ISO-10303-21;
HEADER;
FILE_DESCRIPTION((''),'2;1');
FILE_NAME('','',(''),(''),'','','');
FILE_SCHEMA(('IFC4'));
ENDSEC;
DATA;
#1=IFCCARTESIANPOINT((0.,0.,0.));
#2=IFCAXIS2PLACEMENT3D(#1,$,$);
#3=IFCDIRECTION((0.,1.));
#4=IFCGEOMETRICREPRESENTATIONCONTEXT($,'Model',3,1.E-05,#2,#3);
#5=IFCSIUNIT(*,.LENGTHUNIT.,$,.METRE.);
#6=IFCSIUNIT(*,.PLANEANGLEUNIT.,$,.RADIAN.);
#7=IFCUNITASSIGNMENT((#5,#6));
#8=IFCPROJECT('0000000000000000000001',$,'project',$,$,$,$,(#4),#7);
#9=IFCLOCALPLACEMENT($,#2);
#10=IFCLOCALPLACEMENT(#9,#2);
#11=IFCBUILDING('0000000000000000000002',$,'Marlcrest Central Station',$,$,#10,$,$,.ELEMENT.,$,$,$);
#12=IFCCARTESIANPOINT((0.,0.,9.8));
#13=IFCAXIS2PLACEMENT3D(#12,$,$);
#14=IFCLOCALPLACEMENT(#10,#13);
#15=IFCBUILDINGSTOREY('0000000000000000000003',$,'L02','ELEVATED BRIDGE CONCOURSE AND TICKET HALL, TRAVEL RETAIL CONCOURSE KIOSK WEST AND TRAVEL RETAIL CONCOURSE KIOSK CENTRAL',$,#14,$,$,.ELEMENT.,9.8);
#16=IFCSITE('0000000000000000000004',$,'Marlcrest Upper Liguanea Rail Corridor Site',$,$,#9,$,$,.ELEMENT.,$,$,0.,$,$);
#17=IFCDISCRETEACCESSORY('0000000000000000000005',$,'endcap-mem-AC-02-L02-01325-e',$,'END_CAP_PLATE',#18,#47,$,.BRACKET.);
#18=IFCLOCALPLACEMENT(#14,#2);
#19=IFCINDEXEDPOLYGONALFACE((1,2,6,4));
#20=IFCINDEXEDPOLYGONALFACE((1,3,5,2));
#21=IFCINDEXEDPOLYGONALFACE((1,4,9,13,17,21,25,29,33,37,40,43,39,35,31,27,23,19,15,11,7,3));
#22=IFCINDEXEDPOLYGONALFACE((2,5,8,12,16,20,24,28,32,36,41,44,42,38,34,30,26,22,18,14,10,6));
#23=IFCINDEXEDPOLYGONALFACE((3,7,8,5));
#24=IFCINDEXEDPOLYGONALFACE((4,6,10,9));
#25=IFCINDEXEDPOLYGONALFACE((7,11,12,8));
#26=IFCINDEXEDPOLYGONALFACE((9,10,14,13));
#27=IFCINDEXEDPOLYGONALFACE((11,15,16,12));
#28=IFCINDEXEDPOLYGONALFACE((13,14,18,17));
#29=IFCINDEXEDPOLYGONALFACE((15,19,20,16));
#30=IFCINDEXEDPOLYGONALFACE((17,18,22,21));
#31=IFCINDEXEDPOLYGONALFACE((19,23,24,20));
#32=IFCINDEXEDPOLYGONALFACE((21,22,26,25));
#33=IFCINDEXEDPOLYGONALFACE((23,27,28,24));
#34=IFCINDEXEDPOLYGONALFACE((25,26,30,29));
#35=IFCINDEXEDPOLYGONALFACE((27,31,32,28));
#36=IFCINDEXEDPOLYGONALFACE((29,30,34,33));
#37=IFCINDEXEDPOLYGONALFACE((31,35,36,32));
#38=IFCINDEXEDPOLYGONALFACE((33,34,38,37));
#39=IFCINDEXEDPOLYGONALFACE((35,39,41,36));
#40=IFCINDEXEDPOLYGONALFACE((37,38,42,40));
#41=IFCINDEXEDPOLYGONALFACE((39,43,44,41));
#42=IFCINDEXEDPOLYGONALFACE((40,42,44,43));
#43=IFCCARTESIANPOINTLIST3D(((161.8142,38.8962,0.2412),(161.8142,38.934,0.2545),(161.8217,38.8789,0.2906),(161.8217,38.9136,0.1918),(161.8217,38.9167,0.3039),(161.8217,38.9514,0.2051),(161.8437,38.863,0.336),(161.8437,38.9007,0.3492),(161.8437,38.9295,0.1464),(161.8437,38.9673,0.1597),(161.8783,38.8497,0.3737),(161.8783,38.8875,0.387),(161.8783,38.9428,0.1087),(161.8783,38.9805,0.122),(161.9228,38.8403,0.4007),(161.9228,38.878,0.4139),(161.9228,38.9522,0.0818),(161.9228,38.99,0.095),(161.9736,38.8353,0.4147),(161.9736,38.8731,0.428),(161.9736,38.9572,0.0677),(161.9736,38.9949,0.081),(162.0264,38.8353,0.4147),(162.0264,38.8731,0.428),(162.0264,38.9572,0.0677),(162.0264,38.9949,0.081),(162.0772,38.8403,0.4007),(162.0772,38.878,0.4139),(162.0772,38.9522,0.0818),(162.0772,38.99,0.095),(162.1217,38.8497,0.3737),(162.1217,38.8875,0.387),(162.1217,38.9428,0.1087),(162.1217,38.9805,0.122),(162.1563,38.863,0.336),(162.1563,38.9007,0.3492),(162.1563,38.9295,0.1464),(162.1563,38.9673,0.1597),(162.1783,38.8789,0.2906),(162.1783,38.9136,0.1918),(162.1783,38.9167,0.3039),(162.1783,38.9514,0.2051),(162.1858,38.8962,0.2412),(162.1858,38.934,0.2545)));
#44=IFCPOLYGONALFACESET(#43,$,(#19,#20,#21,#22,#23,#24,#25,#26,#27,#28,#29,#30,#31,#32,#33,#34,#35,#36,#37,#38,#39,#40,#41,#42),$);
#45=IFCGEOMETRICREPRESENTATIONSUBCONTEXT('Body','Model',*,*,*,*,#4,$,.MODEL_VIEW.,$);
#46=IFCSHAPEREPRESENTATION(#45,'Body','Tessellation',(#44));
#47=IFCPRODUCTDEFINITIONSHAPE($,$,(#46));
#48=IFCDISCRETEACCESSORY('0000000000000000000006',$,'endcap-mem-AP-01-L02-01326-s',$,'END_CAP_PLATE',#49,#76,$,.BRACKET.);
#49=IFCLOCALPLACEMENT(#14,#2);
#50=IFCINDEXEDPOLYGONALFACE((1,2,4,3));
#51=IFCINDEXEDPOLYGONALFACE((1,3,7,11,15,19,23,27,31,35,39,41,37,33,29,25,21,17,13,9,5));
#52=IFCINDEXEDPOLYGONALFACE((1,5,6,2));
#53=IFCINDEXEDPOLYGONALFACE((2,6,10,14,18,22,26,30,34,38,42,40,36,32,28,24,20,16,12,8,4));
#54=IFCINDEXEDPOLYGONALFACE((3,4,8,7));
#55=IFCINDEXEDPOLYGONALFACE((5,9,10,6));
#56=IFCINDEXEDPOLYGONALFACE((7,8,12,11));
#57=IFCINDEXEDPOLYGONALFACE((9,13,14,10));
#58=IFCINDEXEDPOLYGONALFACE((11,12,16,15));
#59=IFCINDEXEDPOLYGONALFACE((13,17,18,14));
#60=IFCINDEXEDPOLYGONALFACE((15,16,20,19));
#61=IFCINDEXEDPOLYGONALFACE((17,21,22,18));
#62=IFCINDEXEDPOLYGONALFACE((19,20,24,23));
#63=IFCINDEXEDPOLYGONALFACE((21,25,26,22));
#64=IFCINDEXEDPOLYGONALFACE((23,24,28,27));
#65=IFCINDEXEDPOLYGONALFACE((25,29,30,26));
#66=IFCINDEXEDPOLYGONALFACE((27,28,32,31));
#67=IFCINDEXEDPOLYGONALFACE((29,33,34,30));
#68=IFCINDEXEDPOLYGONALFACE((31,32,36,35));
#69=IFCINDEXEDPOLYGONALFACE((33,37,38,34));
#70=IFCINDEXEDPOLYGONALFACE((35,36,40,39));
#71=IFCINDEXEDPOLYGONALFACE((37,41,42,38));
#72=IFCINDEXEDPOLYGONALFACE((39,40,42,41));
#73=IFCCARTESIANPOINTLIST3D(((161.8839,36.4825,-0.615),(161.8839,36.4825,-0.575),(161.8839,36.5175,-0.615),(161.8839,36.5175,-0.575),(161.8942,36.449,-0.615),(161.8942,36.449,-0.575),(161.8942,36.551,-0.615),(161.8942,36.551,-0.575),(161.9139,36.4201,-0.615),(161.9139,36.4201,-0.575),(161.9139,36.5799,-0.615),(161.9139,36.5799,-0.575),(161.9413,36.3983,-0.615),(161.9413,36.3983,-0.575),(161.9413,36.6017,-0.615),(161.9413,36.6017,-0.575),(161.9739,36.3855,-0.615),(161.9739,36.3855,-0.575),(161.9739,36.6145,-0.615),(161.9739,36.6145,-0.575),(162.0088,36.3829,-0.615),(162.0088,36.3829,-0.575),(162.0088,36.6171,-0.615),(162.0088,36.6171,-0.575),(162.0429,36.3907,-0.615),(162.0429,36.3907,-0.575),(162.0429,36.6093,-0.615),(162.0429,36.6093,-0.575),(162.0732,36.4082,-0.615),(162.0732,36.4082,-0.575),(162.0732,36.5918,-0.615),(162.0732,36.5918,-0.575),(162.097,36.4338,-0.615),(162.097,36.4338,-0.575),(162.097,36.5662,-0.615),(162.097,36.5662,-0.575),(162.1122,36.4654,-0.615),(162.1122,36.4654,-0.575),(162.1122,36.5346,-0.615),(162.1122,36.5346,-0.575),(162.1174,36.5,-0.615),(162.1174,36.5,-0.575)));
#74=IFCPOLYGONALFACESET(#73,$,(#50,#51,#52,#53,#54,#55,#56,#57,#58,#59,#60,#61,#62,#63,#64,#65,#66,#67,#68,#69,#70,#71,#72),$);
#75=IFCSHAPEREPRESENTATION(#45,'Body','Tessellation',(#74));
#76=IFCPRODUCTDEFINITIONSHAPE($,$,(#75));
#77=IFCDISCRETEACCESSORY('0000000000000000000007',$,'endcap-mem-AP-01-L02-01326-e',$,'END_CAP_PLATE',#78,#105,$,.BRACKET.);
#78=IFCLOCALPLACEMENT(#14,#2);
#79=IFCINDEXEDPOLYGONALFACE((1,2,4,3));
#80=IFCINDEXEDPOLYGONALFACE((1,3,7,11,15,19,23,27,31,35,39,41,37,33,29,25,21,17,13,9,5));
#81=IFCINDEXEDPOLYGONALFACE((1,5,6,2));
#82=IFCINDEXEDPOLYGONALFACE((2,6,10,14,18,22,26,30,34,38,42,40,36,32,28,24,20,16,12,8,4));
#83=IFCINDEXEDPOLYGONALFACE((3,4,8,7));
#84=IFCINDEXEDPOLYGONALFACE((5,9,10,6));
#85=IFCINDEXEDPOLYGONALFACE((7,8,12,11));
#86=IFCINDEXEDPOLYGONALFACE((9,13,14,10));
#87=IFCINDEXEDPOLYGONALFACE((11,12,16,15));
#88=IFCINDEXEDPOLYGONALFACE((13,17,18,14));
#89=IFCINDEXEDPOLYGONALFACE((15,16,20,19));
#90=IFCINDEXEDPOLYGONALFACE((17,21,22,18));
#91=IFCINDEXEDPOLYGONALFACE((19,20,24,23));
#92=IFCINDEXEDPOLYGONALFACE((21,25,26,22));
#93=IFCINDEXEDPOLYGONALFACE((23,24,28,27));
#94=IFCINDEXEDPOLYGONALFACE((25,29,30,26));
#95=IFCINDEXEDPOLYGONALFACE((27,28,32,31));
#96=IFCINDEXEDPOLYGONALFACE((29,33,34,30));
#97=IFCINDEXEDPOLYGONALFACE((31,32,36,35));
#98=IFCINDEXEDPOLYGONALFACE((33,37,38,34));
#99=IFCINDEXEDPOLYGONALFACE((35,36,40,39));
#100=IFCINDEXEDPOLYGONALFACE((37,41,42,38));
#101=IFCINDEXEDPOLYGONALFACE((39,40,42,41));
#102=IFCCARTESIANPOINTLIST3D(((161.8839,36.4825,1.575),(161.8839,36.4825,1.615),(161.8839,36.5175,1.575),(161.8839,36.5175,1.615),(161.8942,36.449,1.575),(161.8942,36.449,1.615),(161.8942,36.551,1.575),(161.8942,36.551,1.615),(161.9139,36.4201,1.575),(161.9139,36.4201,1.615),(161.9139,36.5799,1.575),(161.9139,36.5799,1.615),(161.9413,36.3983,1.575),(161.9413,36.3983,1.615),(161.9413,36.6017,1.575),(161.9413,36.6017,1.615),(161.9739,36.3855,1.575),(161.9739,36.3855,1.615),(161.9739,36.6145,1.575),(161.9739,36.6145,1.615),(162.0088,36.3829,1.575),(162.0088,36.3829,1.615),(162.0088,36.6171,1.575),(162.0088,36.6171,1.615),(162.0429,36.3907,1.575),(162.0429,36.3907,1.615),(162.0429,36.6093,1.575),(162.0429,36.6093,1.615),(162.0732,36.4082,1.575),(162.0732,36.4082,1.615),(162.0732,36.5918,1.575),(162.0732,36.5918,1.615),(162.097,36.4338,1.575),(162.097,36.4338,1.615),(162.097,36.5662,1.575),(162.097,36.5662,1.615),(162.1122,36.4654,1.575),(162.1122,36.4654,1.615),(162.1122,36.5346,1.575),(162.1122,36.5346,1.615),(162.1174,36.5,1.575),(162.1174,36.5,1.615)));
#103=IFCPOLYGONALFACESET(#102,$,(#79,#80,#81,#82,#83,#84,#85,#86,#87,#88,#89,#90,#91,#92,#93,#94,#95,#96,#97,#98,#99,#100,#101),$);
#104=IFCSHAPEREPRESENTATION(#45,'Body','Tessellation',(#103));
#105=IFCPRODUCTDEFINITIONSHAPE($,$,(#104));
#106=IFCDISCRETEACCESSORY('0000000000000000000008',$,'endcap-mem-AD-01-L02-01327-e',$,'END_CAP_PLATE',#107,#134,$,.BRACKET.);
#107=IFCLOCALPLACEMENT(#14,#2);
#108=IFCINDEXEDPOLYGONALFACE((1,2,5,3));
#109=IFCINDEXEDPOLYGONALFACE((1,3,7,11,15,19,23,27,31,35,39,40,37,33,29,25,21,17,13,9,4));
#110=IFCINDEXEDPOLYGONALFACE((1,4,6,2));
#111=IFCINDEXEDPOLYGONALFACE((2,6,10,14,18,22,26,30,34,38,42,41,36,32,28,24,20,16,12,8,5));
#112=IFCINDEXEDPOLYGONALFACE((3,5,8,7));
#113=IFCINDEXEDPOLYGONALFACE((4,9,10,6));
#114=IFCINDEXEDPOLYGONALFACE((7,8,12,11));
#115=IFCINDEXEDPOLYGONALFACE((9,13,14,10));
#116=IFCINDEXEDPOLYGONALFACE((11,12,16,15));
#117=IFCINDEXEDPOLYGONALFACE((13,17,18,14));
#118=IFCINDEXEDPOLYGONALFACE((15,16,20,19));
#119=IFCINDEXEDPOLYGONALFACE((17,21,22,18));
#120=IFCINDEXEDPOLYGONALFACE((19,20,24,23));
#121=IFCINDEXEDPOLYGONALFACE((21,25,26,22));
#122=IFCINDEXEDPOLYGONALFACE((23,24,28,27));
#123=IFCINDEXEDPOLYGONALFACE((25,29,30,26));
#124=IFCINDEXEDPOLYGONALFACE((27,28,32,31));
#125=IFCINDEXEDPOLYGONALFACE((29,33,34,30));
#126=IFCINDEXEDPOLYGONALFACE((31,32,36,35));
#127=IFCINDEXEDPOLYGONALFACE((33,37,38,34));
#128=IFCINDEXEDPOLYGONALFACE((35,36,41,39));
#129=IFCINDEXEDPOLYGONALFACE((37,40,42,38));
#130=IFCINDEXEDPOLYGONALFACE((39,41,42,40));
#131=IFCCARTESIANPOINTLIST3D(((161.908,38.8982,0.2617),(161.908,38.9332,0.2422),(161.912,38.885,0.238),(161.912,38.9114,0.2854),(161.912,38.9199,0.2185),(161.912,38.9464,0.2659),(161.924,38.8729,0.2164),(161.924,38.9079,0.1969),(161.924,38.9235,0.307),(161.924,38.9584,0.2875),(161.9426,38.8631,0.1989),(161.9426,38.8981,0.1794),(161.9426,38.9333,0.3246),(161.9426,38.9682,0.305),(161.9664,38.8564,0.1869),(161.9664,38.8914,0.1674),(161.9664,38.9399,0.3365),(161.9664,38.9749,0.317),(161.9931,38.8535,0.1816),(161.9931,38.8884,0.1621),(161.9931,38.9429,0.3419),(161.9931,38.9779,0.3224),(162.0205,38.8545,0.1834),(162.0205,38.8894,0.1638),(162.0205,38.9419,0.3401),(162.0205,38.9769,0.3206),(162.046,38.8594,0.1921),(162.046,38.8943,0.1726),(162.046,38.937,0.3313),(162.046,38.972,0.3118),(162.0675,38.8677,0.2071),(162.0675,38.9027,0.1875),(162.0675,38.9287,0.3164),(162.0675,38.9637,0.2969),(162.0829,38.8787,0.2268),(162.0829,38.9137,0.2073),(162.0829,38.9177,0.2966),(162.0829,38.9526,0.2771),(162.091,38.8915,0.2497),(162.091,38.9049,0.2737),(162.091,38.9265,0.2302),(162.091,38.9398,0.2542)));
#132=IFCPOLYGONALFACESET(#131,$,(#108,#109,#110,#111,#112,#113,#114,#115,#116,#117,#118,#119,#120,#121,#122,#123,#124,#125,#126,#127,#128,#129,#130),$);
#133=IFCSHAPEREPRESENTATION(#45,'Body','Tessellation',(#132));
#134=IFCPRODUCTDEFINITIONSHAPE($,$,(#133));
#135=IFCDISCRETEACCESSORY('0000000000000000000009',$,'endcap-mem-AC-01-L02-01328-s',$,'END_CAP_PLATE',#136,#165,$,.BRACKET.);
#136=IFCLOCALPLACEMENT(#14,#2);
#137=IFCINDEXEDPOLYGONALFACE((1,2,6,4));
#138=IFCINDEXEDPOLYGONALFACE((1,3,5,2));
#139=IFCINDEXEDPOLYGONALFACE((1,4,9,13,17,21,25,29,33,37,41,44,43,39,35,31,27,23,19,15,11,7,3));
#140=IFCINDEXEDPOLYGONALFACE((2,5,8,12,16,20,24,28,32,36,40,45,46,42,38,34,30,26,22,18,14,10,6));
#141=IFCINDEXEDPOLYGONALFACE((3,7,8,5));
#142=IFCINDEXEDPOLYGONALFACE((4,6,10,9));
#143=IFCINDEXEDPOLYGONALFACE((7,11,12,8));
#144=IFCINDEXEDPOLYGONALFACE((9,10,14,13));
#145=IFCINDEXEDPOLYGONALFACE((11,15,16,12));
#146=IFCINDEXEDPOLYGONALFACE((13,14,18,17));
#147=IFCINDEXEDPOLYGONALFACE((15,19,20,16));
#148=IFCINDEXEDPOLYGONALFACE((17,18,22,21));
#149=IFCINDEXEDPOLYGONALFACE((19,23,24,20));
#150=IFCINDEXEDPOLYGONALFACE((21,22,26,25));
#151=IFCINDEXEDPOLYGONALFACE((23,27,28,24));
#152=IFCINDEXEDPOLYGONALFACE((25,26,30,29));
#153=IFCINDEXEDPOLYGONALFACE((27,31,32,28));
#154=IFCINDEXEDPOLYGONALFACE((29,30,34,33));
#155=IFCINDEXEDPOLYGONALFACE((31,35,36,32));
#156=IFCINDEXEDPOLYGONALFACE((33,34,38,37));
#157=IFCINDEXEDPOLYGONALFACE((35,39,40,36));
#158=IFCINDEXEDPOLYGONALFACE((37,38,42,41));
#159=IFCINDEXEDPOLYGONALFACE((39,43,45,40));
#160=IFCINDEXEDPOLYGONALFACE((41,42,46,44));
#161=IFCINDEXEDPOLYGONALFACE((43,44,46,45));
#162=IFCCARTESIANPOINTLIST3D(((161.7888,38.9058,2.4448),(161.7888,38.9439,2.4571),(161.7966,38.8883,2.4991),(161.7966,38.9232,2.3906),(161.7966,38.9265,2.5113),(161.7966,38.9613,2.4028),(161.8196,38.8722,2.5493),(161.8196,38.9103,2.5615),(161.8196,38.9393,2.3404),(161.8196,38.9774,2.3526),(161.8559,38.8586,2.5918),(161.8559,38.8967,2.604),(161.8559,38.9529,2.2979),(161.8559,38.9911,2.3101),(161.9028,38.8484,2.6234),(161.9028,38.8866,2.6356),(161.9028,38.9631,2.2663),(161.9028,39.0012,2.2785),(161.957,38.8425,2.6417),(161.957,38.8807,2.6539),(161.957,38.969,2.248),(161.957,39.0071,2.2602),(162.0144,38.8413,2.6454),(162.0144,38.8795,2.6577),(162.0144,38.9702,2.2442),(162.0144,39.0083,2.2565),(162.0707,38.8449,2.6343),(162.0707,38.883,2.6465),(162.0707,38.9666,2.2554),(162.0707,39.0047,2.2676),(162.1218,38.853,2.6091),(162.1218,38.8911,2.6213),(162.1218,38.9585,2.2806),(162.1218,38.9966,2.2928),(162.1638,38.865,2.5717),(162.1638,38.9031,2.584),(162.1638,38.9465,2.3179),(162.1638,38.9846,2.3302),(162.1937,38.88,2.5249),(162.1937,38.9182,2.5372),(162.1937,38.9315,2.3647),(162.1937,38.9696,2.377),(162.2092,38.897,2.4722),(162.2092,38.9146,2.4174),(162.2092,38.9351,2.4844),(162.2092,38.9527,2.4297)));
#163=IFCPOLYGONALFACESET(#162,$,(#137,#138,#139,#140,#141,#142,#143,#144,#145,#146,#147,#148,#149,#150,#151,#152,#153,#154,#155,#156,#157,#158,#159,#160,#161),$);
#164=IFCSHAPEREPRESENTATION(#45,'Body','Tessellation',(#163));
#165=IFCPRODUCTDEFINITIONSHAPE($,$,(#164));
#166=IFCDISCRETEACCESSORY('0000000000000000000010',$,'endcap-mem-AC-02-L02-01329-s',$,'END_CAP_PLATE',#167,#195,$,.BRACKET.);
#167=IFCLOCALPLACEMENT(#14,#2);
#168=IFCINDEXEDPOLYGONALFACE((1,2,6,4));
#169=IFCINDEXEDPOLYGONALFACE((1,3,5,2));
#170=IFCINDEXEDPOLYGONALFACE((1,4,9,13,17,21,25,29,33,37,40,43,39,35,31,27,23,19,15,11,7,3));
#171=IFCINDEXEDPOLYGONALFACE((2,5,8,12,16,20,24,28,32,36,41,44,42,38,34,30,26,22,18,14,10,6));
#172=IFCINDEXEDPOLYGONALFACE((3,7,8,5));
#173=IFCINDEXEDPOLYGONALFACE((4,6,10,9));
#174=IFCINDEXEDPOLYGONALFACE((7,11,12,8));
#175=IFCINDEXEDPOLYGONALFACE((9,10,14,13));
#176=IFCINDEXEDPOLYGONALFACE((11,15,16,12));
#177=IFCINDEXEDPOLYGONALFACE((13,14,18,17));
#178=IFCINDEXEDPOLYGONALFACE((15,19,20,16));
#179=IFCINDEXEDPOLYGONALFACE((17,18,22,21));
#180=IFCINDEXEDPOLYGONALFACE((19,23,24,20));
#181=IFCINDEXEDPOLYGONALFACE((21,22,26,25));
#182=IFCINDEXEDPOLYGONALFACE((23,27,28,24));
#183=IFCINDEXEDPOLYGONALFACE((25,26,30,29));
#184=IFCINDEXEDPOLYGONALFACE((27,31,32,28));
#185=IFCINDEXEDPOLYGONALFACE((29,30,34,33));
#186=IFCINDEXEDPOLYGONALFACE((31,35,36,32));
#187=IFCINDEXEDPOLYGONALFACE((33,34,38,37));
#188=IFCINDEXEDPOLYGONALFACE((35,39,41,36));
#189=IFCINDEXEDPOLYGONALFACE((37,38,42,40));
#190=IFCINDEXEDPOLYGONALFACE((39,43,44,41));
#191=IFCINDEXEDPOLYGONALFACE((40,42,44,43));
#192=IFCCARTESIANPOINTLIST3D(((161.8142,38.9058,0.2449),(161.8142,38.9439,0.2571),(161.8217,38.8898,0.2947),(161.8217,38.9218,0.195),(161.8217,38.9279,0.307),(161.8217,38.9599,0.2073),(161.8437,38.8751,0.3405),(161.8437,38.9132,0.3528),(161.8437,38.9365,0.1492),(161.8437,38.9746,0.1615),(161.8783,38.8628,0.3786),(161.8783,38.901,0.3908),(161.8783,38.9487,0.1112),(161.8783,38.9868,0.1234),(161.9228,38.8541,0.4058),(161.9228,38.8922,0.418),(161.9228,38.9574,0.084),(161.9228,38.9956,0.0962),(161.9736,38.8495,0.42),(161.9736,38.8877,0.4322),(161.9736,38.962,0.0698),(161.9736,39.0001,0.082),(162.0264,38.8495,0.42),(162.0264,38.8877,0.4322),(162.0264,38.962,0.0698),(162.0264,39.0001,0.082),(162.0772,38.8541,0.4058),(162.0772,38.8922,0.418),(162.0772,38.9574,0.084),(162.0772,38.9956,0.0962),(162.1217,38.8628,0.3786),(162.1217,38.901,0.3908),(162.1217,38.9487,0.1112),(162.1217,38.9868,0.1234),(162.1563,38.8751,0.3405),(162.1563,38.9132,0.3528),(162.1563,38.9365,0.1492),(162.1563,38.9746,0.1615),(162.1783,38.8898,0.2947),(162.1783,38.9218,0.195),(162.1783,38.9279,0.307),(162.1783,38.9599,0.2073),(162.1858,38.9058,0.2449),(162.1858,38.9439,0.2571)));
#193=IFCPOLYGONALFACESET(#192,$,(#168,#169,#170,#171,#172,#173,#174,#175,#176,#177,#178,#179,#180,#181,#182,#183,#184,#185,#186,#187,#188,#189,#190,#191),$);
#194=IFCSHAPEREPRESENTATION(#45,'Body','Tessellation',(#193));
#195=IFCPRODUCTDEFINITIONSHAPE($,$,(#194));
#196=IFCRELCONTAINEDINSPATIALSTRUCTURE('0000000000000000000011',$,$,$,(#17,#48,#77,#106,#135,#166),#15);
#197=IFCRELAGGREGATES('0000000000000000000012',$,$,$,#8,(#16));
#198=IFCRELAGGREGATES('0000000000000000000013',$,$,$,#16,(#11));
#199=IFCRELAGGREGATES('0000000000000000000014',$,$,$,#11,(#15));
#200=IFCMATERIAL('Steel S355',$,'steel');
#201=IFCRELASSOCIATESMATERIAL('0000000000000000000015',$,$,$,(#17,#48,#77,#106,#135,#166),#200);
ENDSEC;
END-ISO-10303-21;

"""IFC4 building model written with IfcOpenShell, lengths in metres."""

from ifc_helpers import new_model, si_unit, direction, frame, origin, origin_2d, place, context, subcontext, project, spatial, circle, extrude, material, element, save


model = new_model("IFC4")

# Units and contexts
model_context = context("Model", 3, precision=1e-05, world=origin(), true_north=direction((0.0, 1.0)))
body_context = subcontext(model_context, "Body", "Model", "MODEL_VIEW")
ifc_project = project(units=[si_unit("LENGTHUNIT", "METRE"), si_unit("PLANEANGLEUNIT", "RADIAN")], contexts=[model_context])

# Site, building, storey
site_placement = place(None, origin())
site = spatial("IfcSite", under=ifc_project, at=site_placement, Name="Marlcrest Upper Liguanea Rail Corridor Site", CompositionType="ELEMENT", RefElevation=0.0)
building_placement = place(site_placement, origin())
building = spatial("IfcBuilding", under=site, at=building_placement, Name="Marlcrest Central Station", CompositionType="ELEMENT")
storey_placement = place(building_placement, frame((0.0, 0.0, 9.8)))
storey = spatial("IfcBuildingStorey", under=building, at=storey_placement, Name="L02", Description="ELEVATED BRIDGE CONCOURSE AND TICKET HALL, TRAVEL RETAIL CONCOURSE KIOSK WEST AND TRAVEL RETAIL CONCOURSE KIOSK CENTRAL", CompositionType="ELEMENT", Elevation=9.8)

# Shared definitions
ifc_material_1 = material(Name="Steel S355", Category="steel")

# Discrete accessories
discrete_accessory_1_placement = place(storey_placement, frame((162.0, 38.8962, 0.2412), z_axis=(0.0, 0.943537, 0.331266), x_axis=(-1.0, 0.0, 0.0)))
element("IfcDiscreteAccessory", 1, at=discrete_accessory_1_placement, inside=storey, material=ifc_material_1, Name="endcap-mem-AC-02-L02-01325-e", ObjectType="END_CAP_PLATE", PredefinedType="BRACKET", context=body_context, shape_type="SweptSolid", body=[
    extrude(circle(Radius=0.1858, at=origin_2d()), origin(), (0.0, 0.0, 1.0), 0.04),
])
for number, where, z_axis, x_axis, name in (
    (2, (162.0, 36.5, -0.615), (0.0, 0.0, 1.0), (1.0, 0.0, 0.0), "endcap-mem-AP-01-L02-01326-s"),
    (3, (162.0, 36.5, 1.575), (0.0, 0.0, 1.0), (1.0, 0.0, 0.0), "endcap-mem-AP-01-L02-01326-e"),
):
    element("IfcDiscreteAccessory", number, at=place(storey_placement, frame(where, z_axis=z_axis, x_axis=x_axis)), inside=storey, material=ifc_material_1, Name=name, ObjectType="END_CAP_PLATE", PredefinedType="BRACKET", context=body_context, shape_type="SweptSolid", body=[
        extrude(circle(Radius=0.1174, at=origin_2d()), origin(), (0.0, 0.0, 1.0), 0.04),
    ])
discrete_accessory_2_placement = place(storey_placement, frame((162.0, 38.8982, 0.2617), z_axis=(0.0, 0.873246, -0.48728), x_axis=(-1.0, 0.0, 0.0)))
element("IfcDiscreteAccessory", 4, at=discrete_accessory_2_placement, inside=storey, material=ifc_material_1, Name="endcap-mem-AD-01-L02-01327-e", ObjectType="END_CAP_PLATE", PredefinedType="BRACKET", context=body_context, shape_type="SweptSolid", body=[
    extrude(circle(Radius=0.092, at=origin_2d()), origin(), (0.0, 0.0, 1.0), 0.04),
])
discrete_accessory_3_placement = place(storey_placement, frame((162.0, 38.9058, 2.4448), z_axis=(0.0, 0.952117, 0.305734), x_axis=(-1.0, 0.0, 0.0)))
element("IfcDiscreteAccessory", 5, at=discrete_accessory_3_placement, inside=storey, material=ifc_material_1, Name="endcap-mem-AC-01-L02-01328-s", ObjectType="END_CAP_PLATE", PredefinedType="BRACKET", context=body_context, shape_type="SweptSolid", body=[
    extrude(circle(Radius=0.2112, at=origin_2d()), origin(), (0.0, 0.0, 1.0), 0.04),
])
discrete_accessory_4_placement = place(storey_placement, frame((162.0, 38.9058, 0.2449), z_axis=(0.0, 0.952117, 0.305734), x_axis=(-1.0, 0.0, 0.0)))
element("IfcDiscreteAccessory", 6, at=discrete_accessory_4_placement, inside=storey, material=ifc_material_1, Name="endcap-mem-AC-02-L02-01329-s", ObjectType="END_CAP_PLATE", PredefinedType="BRACKET", context=body_context, shape_type="SweptSolid", body=[
    extrude(circle(Radius=0.1858, at=origin_2d()), origin(), (0.0, 0.0, 1.0), 0.04),
])

save(model, "model.ifc")
